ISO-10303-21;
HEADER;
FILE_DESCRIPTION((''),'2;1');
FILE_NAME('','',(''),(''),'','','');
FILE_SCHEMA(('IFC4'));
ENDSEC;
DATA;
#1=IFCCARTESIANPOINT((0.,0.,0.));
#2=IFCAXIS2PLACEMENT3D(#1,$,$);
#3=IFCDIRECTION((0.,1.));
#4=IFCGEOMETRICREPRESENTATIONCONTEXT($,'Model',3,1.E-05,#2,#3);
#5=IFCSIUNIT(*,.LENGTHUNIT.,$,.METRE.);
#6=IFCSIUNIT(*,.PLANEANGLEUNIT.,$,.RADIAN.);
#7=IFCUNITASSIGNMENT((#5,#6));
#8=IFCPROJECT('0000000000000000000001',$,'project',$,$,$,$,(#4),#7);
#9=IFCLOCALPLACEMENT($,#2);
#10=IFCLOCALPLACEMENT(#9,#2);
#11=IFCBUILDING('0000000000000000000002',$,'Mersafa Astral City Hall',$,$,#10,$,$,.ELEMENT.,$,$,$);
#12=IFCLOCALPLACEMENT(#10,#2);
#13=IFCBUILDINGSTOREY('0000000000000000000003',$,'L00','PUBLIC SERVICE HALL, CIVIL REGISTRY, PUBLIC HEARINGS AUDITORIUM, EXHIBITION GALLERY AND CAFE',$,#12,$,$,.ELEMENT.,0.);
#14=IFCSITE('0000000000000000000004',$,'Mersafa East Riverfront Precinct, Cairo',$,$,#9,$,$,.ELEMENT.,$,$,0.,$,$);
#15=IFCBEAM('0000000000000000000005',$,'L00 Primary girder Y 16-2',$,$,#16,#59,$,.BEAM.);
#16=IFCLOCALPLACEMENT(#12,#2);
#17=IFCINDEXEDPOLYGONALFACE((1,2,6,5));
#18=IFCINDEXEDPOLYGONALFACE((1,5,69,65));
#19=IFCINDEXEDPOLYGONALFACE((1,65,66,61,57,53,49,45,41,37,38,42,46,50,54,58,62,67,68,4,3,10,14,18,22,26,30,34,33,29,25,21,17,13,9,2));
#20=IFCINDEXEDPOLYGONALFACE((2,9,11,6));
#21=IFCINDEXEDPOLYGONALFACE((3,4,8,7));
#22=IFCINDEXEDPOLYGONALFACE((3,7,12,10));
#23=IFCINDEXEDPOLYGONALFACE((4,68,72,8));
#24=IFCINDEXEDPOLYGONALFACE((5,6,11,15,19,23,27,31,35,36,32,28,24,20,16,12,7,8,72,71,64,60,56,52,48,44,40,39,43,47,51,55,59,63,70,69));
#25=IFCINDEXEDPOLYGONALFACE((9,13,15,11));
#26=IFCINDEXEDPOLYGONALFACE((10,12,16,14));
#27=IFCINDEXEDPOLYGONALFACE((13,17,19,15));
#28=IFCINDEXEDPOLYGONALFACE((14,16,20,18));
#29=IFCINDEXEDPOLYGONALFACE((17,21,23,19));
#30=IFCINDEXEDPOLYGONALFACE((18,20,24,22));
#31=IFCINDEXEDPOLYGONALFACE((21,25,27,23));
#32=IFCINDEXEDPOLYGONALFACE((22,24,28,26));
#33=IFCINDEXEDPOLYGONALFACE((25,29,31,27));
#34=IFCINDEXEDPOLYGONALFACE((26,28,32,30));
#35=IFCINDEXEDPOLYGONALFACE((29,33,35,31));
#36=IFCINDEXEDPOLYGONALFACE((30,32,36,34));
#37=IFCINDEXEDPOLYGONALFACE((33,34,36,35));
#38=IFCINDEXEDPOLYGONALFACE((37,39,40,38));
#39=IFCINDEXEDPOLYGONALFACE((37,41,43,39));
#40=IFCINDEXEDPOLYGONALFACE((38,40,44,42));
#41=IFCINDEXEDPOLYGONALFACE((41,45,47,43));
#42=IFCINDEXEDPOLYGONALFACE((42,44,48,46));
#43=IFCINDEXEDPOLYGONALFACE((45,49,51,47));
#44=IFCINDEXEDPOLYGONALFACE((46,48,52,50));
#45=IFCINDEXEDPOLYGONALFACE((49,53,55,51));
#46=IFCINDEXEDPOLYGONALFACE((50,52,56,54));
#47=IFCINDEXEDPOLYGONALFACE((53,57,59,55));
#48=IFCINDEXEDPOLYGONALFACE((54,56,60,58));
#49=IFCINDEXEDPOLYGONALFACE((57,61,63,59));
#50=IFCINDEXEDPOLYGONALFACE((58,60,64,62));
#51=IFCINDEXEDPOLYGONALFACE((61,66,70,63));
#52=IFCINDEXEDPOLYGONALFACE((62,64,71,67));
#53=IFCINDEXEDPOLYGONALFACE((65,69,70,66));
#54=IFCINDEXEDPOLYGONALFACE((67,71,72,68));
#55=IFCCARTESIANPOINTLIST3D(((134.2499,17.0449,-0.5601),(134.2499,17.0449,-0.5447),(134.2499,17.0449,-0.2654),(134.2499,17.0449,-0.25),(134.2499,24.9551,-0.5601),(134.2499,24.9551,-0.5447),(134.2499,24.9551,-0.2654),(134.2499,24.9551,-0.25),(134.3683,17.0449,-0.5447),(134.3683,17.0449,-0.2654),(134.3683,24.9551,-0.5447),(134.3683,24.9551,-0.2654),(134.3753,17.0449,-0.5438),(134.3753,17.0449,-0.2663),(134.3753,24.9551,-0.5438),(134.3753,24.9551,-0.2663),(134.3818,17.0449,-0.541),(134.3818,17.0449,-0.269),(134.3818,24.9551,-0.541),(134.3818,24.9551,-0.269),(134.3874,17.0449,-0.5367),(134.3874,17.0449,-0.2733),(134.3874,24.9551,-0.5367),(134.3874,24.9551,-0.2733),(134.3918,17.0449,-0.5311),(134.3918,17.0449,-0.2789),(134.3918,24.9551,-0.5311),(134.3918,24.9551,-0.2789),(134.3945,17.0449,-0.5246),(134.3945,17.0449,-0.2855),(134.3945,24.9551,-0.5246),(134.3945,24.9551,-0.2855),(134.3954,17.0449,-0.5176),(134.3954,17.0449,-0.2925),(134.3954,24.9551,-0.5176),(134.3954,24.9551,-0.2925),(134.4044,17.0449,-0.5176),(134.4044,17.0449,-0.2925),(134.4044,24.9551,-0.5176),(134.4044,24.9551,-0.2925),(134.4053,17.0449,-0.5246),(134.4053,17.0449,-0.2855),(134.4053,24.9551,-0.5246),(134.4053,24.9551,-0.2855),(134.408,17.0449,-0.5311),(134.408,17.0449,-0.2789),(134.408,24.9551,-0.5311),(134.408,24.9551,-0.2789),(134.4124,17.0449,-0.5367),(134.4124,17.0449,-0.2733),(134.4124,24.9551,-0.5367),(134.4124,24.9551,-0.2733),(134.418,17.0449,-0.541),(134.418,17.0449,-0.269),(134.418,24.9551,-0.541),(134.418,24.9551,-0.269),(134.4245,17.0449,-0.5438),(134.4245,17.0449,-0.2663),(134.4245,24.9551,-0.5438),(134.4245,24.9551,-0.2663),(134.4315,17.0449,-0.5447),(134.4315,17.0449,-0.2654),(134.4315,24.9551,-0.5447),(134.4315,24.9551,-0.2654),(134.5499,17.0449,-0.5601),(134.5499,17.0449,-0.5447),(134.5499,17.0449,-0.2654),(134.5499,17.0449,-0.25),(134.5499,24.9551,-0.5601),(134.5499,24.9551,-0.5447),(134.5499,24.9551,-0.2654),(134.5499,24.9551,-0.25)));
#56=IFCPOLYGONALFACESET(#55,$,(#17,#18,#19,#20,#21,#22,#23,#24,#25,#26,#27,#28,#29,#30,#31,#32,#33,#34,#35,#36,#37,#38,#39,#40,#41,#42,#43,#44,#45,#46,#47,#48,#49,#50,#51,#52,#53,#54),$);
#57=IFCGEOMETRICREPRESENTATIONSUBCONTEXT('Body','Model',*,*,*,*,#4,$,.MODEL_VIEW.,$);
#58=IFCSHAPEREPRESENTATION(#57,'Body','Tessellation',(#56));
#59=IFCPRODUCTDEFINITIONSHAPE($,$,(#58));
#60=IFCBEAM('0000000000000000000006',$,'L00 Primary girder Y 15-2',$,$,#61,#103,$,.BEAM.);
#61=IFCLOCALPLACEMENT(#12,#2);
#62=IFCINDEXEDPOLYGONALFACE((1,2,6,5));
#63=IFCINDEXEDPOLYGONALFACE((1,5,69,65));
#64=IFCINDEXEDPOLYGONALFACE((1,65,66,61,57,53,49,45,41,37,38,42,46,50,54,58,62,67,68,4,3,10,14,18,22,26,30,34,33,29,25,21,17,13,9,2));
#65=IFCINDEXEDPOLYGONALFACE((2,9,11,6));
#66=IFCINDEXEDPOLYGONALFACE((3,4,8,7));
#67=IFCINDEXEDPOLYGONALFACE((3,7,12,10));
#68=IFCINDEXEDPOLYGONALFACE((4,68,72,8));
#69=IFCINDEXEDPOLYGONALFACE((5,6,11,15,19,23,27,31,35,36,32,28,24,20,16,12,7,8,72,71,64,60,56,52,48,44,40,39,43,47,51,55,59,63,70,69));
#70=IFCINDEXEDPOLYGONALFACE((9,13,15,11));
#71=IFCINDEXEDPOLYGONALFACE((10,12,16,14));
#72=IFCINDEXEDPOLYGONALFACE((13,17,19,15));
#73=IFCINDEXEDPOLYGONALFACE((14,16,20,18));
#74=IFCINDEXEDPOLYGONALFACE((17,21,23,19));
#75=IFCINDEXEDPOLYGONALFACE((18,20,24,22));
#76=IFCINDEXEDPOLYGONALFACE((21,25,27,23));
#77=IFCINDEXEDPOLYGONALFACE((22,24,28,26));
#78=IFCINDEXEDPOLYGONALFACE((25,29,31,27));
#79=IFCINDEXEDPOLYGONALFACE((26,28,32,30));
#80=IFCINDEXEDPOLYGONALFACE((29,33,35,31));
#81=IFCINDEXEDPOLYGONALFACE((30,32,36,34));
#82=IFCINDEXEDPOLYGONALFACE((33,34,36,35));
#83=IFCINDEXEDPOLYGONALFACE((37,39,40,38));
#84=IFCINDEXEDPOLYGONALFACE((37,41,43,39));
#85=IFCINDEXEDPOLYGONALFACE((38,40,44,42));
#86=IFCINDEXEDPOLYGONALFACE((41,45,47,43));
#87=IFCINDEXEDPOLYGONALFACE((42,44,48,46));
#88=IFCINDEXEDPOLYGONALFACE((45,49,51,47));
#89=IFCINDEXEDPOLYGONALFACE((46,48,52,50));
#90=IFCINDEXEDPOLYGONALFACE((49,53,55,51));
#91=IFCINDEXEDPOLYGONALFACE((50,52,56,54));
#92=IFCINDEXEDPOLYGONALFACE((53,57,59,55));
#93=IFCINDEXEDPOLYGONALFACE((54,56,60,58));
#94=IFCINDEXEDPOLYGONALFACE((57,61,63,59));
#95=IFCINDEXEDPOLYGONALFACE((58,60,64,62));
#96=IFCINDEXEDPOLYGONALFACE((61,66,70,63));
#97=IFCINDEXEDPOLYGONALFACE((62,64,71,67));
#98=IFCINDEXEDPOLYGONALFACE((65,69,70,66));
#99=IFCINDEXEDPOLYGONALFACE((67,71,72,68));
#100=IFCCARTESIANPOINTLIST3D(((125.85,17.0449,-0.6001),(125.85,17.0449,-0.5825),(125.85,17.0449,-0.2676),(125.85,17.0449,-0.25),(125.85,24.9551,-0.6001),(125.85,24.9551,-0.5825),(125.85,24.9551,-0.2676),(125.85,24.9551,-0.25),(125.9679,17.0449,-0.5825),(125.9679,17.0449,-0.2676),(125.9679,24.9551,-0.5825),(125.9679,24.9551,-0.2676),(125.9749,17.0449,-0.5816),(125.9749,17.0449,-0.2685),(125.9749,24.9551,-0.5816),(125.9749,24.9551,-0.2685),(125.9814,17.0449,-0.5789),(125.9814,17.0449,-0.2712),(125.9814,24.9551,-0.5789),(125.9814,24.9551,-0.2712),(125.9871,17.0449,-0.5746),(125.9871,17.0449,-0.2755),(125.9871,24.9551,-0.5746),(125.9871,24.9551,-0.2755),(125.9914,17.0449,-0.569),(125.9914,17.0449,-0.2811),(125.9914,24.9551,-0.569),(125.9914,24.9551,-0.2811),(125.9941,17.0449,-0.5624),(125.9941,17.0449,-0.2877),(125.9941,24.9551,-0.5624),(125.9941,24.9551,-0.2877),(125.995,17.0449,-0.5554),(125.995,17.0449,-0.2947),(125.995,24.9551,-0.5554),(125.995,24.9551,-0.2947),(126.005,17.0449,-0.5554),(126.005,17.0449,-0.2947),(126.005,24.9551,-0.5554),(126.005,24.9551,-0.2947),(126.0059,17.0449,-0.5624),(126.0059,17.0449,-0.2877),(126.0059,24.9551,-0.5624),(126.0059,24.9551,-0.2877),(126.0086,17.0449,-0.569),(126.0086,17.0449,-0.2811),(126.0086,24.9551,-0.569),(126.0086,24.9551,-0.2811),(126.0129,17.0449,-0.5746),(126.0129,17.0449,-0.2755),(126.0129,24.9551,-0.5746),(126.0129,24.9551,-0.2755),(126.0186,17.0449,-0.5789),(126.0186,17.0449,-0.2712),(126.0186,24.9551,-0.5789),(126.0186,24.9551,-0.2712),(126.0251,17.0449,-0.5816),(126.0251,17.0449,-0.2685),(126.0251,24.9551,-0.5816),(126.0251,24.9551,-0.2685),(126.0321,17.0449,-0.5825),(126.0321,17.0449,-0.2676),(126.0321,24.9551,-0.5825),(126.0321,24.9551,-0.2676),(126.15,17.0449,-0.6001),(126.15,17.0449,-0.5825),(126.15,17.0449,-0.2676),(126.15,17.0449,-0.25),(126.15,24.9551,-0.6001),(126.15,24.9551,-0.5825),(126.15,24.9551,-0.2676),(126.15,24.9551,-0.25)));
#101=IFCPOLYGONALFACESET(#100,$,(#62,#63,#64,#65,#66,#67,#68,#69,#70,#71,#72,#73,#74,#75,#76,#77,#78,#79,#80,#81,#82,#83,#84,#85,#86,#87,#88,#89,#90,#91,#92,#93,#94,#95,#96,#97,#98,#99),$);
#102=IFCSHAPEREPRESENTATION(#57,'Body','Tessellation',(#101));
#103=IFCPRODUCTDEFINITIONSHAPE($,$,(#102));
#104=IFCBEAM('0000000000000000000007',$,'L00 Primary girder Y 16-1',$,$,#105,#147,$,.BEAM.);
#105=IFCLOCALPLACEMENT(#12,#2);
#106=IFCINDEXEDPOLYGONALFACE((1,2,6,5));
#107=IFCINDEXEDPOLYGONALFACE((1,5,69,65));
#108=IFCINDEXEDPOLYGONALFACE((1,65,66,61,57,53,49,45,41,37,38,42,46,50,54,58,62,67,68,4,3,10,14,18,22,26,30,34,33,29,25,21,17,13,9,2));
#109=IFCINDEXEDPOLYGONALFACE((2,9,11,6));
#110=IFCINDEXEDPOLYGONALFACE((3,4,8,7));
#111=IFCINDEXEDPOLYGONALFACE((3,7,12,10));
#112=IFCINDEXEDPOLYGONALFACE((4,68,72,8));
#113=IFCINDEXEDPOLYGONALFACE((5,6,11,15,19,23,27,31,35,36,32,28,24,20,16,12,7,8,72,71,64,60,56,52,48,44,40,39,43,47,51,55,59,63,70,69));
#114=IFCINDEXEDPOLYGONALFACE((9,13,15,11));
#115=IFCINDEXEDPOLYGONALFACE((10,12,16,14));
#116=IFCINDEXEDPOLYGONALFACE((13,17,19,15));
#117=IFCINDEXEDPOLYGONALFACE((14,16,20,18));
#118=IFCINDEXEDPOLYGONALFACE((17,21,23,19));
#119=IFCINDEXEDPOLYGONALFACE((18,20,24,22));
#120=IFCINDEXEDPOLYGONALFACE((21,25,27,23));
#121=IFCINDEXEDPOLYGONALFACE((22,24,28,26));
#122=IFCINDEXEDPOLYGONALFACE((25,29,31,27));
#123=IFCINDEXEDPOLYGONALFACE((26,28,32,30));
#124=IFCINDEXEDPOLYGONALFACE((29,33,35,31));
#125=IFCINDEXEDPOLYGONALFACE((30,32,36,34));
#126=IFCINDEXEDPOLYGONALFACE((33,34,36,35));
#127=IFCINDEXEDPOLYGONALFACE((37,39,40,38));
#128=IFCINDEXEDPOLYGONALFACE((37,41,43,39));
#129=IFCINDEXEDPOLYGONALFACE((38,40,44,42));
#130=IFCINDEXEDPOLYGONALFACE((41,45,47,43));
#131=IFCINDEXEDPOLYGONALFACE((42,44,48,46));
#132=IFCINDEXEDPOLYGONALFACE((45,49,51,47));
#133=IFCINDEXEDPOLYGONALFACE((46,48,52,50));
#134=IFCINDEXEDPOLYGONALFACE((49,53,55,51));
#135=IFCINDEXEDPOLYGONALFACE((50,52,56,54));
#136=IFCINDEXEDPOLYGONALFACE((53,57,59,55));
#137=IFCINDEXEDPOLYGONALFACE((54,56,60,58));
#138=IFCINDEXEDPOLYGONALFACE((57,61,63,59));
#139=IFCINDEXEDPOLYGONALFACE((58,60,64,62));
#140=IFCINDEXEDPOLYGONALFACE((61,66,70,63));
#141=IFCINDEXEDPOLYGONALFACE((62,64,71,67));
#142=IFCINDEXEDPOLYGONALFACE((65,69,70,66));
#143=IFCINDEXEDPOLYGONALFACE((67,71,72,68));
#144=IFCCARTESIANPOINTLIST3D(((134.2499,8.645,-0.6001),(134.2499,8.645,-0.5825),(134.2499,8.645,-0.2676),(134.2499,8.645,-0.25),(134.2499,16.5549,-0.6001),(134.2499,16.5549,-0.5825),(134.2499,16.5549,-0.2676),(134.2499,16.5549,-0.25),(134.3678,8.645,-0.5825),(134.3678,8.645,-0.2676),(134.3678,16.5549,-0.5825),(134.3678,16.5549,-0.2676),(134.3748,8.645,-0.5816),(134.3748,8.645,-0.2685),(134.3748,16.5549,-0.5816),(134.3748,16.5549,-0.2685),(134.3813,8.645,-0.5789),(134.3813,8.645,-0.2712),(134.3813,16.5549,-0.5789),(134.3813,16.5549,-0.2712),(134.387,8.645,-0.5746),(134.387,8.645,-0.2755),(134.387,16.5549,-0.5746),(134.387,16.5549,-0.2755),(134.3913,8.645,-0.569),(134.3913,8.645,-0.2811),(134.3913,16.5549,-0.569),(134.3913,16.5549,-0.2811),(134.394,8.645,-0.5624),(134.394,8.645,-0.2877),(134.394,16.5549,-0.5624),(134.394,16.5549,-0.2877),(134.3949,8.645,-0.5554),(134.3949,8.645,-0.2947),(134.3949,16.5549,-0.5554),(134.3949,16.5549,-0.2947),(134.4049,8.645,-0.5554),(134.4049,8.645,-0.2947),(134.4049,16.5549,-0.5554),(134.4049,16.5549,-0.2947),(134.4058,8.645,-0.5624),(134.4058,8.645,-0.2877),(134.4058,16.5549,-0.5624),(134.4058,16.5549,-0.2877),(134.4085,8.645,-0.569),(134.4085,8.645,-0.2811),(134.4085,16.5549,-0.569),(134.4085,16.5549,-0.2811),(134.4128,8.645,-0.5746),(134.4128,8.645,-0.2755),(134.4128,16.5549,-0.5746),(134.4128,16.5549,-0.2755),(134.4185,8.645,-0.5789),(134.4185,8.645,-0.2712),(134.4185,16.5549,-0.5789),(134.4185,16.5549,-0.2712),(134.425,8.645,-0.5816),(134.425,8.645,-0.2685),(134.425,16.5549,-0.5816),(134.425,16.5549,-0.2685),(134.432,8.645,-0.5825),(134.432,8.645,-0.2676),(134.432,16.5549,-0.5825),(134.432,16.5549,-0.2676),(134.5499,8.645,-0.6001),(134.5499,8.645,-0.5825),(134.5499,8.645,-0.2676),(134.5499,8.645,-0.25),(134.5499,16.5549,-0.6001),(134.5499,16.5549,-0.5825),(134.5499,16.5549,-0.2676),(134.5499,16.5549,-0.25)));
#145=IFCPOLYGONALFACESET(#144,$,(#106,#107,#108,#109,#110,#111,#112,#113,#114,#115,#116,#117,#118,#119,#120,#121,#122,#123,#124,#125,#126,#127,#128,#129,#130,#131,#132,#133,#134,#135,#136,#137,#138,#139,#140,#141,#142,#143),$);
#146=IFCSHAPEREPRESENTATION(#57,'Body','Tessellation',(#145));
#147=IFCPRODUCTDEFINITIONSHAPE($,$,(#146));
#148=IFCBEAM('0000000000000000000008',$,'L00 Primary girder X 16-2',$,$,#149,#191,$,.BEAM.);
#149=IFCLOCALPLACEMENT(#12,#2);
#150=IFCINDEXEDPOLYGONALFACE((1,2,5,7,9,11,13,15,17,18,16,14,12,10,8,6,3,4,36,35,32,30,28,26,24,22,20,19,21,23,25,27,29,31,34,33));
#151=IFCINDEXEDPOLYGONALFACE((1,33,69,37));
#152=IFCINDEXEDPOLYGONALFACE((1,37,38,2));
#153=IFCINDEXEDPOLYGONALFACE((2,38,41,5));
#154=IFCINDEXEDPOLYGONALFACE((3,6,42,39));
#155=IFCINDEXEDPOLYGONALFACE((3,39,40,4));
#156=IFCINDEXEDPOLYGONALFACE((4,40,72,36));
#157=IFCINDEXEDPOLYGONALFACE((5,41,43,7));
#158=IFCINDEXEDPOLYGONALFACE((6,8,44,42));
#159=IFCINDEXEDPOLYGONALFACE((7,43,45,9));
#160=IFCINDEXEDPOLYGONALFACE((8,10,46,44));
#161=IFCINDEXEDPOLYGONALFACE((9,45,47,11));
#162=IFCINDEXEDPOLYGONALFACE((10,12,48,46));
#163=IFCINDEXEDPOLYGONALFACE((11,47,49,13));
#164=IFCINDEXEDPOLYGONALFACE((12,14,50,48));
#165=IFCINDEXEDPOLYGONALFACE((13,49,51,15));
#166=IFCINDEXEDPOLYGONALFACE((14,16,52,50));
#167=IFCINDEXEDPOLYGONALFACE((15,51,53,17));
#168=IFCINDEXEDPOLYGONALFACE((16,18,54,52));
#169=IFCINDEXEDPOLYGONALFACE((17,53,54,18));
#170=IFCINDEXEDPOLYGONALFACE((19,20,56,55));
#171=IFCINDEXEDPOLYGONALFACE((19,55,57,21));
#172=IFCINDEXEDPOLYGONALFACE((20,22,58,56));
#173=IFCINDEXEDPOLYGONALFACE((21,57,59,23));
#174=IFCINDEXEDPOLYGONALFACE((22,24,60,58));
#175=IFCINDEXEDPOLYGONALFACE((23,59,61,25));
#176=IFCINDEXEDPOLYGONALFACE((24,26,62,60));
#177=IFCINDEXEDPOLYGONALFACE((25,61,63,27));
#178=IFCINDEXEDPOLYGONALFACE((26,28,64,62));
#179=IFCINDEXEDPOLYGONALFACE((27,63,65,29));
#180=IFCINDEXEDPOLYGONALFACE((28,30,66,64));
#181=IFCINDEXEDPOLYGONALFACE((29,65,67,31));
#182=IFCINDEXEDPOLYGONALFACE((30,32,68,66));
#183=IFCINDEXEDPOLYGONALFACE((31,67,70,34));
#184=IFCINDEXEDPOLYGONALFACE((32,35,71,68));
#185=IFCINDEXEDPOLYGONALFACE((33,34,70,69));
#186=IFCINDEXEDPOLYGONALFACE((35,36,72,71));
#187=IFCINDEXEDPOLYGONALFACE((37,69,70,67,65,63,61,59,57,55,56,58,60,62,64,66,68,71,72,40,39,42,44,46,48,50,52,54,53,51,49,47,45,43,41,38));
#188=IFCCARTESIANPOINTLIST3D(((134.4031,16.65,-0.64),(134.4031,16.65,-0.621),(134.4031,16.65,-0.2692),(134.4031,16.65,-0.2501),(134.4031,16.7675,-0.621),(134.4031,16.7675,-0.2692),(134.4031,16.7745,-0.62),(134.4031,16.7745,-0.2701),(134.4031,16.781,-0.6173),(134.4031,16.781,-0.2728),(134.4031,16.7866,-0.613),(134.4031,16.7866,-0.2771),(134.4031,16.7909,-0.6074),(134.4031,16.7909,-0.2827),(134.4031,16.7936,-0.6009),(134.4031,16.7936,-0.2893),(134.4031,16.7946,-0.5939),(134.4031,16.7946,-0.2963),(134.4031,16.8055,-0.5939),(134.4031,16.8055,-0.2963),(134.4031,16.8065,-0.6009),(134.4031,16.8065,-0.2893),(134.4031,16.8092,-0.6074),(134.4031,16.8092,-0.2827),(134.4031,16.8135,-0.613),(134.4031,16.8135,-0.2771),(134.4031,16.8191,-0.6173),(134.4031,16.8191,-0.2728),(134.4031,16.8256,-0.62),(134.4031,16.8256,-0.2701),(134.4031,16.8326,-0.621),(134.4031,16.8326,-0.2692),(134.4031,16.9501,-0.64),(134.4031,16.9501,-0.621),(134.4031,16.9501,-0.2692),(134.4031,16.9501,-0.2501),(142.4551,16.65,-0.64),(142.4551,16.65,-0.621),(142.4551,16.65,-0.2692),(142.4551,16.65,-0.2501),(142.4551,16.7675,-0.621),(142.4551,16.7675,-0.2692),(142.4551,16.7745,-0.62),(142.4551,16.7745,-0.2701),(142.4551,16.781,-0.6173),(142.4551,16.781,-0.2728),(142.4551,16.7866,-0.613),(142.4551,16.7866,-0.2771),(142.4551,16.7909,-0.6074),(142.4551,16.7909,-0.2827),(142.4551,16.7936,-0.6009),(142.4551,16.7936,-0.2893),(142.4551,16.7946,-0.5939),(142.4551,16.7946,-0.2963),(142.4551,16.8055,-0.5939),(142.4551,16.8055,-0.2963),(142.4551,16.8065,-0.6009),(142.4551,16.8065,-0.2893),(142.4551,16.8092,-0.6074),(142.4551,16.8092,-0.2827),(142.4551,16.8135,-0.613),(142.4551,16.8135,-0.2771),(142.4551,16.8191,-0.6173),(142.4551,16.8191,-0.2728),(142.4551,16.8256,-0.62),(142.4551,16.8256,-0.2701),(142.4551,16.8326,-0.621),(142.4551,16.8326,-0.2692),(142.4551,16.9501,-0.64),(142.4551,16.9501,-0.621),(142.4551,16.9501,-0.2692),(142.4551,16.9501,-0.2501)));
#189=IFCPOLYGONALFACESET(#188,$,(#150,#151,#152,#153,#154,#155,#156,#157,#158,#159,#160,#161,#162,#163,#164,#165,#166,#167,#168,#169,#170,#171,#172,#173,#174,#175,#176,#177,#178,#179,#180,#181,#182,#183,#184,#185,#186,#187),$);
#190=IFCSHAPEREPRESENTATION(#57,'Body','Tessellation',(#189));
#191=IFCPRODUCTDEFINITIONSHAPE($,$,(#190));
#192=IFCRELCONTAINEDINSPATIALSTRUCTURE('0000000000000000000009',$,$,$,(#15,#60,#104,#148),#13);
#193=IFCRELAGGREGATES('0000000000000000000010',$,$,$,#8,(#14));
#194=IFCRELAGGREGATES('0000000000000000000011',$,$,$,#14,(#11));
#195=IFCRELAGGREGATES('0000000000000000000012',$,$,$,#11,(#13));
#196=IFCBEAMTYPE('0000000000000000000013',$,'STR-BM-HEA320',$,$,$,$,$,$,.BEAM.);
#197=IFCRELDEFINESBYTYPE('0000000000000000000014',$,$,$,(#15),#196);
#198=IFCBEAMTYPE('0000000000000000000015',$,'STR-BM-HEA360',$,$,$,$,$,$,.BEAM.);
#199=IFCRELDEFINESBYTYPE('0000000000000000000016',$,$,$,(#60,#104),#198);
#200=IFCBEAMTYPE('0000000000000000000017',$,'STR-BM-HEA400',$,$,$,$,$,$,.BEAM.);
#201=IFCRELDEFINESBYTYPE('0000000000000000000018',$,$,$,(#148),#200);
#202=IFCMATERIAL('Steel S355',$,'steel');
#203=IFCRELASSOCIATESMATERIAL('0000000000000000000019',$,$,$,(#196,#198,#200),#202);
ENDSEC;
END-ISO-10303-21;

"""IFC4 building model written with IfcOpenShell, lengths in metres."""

from ifc_helpers import new_model, si_unit, direction, frame, origin, origin_2d, place, context, subcontext, project, spatial, i_section, extrude, material, material_profile, profile_set, type_object, element, save


model = new_model("IFC4")

# Units and contexts
model_context = context("Model", 3, precision=1e-05, world=origin(), true_north=direction((0.0, 1.0)))
body_context = subcontext(model_context, "Body", "Model", "MODEL_VIEW")
ifc_project = project(units=[si_unit("LENGTHUNIT", "METRE"), si_unit("PLANEANGLEUNIT", "RADIAN")], contexts=[model_context])

# Site, building, storey
site_placement = place(None, origin())
site = spatial("IfcSite", under=ifc_project, at=site_placement, Name="Mersafa East Riverfront Precinct, Cairo", CompositionType="ELEMENT", RefElevation=0.0)
building_placement = place(site_placement, origin())
building = spatial("IfcBuilding", under=site, at=building_placement, Name="Mersafa Astral City Hall", CompositionType="ELEMENT")
storey_placement = place(building_placement, origin())
storey = spatial("IfcBuildingStorey", under=building, at=storey_placement, Name="L00", Description="PUBLIC SERVICE HALL, CIVIL REGISTRY, PUBLIC HEARINGS AUDITORIUM, EXHIBITION GALLERY AND CAFE", CompositionType="ELEMENT", Elevation=0.0)

# Shared definitions
ifc_material_1 = material(Name="Steel S355", Category="steel")

# Beams
ifc_material_profile_1 = material_profile(ifc_material_1, i_section(OverallWidth=0.3, OverallDepth=0.3101, WebThickness=0.009, FlangeThickness=0.0154, FilletRadius=0.0271, at=origin_2d()), Name="HEA 320")
ifc_profile_set_1 = profile_set([ifc_material_profile_1], Name="Steel S355")
beam_type_1 = type_object("IfcBeamType", Name="STR-BM-HEA320", PredefinedType="BEAM", material=ifc_profile_set_1)
beam_1_placement = place(storey_placement, frame((134.3999, 17.0449, -0.405), z_axis=(0.0, 1.0, 0.0), x_axis=(-1.0, 0.0, 0.0)))
element("IfcBeam", 1, at=beam_1_placement, inside=storey, type_object=beam_type_1, Name="L00 Primary girder Y 16-2", PredefinedType="BEAM", context=body_context, shape_type="SweptSolid", body=[
    extrude(i_section(OverallWidth=0.3, OverallDepth=0.3101, WebThickness=0.009, FlangeThickness=0.0154, FilletRadius=0.0271, at=origin_2d()), origin(), (0.0, 0.0, 1.0), 7.9102),
])
ifc_material_profile_2 = material_profile(ifc_material_1, i_section(OverallWidth=0.3, OverallDepth=0.3501, WebThickness=0.01, FlangeThickness=0.0176, FilletRadius=0.0271, at=origin_2d()), Name="HEA 360")
ifc_profile_set_2 = profile_set([ifc_material_profile_2], Name="Steel S355")
beam_type_2 = type_object("IfcBeamType", Name="STR-BM-HEA360", PredefinedType="BEAM", material=ifc_profile_set_2)
beam_2_placement = place(storey_placement, frame((126.0, 17.0449, -0.425), z_axis=(0.0, 1.0, 0.0), x_axis=(-1.0, 0.0, 0.0)))
element("IfcBeam", 2, at=beam_2_placement, inside=storey, type_object=beam_type_2, Name="L00 Primary girder Y 15-2", PredefinedType="BEAM", context=body_context, shape_type="SweptSolid", body=[
    extrude(i_section(OverallWidth=0.3, OverallDepth=0.3501, WebThickness=0.01, FlangeThickness=0.0176, FilletRadius=0.0271, at=origin_2d()), origin(), (0.0, 0.0, 1.0), 7.9102),
])
beam_3_placement = place(storey_placement, frame((134.3999, 8.645, -0.425), z_axis=(0.0, 1.0, 0.0), x_axis=(-1.0, 0.0, 0.0)))
element("IfcBeam", 3, at=beam_3_placement, inside=storey, type_object=beam_type_2, Name="L00 Primary girder Y 16-1", PredefinedType="BEAM", context=body_context, shape_type="SweptSolid", body=[
    extrude(i_section(OverallWidth=0.3, OverallDepth=0.3501, WebThickness=0.01, FlangeThickness=0.0176, FilletRadius=0.0271, at=origin_2d()), origin(), (0.0, 0.0, 1.0), 7.9099),
])
ifc_material_profile_3 = material_profile(ifc_material_1, i_section(OverallWidth=0.3, OverallDepth=0.3899, WebThickness=0.011, FlangeThickness=0.019, FilletRadius=0.0271, at=origin_2d()), Name="HEA 400")
ifc_profile_set_3 = profile_set([ifc_material_profile_3], Name="Steel S355")
beam_type_3 = type_object("IfcBeamType", Name="STR-BM-HEA400", PredefinedType="BEAM", material=ifc_profile_set_3)
beam_4_placement = place(storey_placement, frame((134.4031, 16.8, -0.4451), z_axis=(1.0, 0.0, 0.0), x_axis=(0.0, 1.0, 0.0)))
element("IfcBeam", 4, at=beam_4_placement, inside=storey, type_object=beam_type_3, Name="L00 Primary girder X 16-2", PredefinedType="BEAM", context=body_context, shape_type="SweptSolid", body=[
    extrude(i_section(OverallWidth=0.3, OverallDepth=0.3899, WebThickness=0.011, FlangeThickness=0.019, FilletRadius=0.0271, at=origin_2d()), origin(), (0.0, 0.0, 1.0), 8.052),
])

save(model, "model.ifc")
